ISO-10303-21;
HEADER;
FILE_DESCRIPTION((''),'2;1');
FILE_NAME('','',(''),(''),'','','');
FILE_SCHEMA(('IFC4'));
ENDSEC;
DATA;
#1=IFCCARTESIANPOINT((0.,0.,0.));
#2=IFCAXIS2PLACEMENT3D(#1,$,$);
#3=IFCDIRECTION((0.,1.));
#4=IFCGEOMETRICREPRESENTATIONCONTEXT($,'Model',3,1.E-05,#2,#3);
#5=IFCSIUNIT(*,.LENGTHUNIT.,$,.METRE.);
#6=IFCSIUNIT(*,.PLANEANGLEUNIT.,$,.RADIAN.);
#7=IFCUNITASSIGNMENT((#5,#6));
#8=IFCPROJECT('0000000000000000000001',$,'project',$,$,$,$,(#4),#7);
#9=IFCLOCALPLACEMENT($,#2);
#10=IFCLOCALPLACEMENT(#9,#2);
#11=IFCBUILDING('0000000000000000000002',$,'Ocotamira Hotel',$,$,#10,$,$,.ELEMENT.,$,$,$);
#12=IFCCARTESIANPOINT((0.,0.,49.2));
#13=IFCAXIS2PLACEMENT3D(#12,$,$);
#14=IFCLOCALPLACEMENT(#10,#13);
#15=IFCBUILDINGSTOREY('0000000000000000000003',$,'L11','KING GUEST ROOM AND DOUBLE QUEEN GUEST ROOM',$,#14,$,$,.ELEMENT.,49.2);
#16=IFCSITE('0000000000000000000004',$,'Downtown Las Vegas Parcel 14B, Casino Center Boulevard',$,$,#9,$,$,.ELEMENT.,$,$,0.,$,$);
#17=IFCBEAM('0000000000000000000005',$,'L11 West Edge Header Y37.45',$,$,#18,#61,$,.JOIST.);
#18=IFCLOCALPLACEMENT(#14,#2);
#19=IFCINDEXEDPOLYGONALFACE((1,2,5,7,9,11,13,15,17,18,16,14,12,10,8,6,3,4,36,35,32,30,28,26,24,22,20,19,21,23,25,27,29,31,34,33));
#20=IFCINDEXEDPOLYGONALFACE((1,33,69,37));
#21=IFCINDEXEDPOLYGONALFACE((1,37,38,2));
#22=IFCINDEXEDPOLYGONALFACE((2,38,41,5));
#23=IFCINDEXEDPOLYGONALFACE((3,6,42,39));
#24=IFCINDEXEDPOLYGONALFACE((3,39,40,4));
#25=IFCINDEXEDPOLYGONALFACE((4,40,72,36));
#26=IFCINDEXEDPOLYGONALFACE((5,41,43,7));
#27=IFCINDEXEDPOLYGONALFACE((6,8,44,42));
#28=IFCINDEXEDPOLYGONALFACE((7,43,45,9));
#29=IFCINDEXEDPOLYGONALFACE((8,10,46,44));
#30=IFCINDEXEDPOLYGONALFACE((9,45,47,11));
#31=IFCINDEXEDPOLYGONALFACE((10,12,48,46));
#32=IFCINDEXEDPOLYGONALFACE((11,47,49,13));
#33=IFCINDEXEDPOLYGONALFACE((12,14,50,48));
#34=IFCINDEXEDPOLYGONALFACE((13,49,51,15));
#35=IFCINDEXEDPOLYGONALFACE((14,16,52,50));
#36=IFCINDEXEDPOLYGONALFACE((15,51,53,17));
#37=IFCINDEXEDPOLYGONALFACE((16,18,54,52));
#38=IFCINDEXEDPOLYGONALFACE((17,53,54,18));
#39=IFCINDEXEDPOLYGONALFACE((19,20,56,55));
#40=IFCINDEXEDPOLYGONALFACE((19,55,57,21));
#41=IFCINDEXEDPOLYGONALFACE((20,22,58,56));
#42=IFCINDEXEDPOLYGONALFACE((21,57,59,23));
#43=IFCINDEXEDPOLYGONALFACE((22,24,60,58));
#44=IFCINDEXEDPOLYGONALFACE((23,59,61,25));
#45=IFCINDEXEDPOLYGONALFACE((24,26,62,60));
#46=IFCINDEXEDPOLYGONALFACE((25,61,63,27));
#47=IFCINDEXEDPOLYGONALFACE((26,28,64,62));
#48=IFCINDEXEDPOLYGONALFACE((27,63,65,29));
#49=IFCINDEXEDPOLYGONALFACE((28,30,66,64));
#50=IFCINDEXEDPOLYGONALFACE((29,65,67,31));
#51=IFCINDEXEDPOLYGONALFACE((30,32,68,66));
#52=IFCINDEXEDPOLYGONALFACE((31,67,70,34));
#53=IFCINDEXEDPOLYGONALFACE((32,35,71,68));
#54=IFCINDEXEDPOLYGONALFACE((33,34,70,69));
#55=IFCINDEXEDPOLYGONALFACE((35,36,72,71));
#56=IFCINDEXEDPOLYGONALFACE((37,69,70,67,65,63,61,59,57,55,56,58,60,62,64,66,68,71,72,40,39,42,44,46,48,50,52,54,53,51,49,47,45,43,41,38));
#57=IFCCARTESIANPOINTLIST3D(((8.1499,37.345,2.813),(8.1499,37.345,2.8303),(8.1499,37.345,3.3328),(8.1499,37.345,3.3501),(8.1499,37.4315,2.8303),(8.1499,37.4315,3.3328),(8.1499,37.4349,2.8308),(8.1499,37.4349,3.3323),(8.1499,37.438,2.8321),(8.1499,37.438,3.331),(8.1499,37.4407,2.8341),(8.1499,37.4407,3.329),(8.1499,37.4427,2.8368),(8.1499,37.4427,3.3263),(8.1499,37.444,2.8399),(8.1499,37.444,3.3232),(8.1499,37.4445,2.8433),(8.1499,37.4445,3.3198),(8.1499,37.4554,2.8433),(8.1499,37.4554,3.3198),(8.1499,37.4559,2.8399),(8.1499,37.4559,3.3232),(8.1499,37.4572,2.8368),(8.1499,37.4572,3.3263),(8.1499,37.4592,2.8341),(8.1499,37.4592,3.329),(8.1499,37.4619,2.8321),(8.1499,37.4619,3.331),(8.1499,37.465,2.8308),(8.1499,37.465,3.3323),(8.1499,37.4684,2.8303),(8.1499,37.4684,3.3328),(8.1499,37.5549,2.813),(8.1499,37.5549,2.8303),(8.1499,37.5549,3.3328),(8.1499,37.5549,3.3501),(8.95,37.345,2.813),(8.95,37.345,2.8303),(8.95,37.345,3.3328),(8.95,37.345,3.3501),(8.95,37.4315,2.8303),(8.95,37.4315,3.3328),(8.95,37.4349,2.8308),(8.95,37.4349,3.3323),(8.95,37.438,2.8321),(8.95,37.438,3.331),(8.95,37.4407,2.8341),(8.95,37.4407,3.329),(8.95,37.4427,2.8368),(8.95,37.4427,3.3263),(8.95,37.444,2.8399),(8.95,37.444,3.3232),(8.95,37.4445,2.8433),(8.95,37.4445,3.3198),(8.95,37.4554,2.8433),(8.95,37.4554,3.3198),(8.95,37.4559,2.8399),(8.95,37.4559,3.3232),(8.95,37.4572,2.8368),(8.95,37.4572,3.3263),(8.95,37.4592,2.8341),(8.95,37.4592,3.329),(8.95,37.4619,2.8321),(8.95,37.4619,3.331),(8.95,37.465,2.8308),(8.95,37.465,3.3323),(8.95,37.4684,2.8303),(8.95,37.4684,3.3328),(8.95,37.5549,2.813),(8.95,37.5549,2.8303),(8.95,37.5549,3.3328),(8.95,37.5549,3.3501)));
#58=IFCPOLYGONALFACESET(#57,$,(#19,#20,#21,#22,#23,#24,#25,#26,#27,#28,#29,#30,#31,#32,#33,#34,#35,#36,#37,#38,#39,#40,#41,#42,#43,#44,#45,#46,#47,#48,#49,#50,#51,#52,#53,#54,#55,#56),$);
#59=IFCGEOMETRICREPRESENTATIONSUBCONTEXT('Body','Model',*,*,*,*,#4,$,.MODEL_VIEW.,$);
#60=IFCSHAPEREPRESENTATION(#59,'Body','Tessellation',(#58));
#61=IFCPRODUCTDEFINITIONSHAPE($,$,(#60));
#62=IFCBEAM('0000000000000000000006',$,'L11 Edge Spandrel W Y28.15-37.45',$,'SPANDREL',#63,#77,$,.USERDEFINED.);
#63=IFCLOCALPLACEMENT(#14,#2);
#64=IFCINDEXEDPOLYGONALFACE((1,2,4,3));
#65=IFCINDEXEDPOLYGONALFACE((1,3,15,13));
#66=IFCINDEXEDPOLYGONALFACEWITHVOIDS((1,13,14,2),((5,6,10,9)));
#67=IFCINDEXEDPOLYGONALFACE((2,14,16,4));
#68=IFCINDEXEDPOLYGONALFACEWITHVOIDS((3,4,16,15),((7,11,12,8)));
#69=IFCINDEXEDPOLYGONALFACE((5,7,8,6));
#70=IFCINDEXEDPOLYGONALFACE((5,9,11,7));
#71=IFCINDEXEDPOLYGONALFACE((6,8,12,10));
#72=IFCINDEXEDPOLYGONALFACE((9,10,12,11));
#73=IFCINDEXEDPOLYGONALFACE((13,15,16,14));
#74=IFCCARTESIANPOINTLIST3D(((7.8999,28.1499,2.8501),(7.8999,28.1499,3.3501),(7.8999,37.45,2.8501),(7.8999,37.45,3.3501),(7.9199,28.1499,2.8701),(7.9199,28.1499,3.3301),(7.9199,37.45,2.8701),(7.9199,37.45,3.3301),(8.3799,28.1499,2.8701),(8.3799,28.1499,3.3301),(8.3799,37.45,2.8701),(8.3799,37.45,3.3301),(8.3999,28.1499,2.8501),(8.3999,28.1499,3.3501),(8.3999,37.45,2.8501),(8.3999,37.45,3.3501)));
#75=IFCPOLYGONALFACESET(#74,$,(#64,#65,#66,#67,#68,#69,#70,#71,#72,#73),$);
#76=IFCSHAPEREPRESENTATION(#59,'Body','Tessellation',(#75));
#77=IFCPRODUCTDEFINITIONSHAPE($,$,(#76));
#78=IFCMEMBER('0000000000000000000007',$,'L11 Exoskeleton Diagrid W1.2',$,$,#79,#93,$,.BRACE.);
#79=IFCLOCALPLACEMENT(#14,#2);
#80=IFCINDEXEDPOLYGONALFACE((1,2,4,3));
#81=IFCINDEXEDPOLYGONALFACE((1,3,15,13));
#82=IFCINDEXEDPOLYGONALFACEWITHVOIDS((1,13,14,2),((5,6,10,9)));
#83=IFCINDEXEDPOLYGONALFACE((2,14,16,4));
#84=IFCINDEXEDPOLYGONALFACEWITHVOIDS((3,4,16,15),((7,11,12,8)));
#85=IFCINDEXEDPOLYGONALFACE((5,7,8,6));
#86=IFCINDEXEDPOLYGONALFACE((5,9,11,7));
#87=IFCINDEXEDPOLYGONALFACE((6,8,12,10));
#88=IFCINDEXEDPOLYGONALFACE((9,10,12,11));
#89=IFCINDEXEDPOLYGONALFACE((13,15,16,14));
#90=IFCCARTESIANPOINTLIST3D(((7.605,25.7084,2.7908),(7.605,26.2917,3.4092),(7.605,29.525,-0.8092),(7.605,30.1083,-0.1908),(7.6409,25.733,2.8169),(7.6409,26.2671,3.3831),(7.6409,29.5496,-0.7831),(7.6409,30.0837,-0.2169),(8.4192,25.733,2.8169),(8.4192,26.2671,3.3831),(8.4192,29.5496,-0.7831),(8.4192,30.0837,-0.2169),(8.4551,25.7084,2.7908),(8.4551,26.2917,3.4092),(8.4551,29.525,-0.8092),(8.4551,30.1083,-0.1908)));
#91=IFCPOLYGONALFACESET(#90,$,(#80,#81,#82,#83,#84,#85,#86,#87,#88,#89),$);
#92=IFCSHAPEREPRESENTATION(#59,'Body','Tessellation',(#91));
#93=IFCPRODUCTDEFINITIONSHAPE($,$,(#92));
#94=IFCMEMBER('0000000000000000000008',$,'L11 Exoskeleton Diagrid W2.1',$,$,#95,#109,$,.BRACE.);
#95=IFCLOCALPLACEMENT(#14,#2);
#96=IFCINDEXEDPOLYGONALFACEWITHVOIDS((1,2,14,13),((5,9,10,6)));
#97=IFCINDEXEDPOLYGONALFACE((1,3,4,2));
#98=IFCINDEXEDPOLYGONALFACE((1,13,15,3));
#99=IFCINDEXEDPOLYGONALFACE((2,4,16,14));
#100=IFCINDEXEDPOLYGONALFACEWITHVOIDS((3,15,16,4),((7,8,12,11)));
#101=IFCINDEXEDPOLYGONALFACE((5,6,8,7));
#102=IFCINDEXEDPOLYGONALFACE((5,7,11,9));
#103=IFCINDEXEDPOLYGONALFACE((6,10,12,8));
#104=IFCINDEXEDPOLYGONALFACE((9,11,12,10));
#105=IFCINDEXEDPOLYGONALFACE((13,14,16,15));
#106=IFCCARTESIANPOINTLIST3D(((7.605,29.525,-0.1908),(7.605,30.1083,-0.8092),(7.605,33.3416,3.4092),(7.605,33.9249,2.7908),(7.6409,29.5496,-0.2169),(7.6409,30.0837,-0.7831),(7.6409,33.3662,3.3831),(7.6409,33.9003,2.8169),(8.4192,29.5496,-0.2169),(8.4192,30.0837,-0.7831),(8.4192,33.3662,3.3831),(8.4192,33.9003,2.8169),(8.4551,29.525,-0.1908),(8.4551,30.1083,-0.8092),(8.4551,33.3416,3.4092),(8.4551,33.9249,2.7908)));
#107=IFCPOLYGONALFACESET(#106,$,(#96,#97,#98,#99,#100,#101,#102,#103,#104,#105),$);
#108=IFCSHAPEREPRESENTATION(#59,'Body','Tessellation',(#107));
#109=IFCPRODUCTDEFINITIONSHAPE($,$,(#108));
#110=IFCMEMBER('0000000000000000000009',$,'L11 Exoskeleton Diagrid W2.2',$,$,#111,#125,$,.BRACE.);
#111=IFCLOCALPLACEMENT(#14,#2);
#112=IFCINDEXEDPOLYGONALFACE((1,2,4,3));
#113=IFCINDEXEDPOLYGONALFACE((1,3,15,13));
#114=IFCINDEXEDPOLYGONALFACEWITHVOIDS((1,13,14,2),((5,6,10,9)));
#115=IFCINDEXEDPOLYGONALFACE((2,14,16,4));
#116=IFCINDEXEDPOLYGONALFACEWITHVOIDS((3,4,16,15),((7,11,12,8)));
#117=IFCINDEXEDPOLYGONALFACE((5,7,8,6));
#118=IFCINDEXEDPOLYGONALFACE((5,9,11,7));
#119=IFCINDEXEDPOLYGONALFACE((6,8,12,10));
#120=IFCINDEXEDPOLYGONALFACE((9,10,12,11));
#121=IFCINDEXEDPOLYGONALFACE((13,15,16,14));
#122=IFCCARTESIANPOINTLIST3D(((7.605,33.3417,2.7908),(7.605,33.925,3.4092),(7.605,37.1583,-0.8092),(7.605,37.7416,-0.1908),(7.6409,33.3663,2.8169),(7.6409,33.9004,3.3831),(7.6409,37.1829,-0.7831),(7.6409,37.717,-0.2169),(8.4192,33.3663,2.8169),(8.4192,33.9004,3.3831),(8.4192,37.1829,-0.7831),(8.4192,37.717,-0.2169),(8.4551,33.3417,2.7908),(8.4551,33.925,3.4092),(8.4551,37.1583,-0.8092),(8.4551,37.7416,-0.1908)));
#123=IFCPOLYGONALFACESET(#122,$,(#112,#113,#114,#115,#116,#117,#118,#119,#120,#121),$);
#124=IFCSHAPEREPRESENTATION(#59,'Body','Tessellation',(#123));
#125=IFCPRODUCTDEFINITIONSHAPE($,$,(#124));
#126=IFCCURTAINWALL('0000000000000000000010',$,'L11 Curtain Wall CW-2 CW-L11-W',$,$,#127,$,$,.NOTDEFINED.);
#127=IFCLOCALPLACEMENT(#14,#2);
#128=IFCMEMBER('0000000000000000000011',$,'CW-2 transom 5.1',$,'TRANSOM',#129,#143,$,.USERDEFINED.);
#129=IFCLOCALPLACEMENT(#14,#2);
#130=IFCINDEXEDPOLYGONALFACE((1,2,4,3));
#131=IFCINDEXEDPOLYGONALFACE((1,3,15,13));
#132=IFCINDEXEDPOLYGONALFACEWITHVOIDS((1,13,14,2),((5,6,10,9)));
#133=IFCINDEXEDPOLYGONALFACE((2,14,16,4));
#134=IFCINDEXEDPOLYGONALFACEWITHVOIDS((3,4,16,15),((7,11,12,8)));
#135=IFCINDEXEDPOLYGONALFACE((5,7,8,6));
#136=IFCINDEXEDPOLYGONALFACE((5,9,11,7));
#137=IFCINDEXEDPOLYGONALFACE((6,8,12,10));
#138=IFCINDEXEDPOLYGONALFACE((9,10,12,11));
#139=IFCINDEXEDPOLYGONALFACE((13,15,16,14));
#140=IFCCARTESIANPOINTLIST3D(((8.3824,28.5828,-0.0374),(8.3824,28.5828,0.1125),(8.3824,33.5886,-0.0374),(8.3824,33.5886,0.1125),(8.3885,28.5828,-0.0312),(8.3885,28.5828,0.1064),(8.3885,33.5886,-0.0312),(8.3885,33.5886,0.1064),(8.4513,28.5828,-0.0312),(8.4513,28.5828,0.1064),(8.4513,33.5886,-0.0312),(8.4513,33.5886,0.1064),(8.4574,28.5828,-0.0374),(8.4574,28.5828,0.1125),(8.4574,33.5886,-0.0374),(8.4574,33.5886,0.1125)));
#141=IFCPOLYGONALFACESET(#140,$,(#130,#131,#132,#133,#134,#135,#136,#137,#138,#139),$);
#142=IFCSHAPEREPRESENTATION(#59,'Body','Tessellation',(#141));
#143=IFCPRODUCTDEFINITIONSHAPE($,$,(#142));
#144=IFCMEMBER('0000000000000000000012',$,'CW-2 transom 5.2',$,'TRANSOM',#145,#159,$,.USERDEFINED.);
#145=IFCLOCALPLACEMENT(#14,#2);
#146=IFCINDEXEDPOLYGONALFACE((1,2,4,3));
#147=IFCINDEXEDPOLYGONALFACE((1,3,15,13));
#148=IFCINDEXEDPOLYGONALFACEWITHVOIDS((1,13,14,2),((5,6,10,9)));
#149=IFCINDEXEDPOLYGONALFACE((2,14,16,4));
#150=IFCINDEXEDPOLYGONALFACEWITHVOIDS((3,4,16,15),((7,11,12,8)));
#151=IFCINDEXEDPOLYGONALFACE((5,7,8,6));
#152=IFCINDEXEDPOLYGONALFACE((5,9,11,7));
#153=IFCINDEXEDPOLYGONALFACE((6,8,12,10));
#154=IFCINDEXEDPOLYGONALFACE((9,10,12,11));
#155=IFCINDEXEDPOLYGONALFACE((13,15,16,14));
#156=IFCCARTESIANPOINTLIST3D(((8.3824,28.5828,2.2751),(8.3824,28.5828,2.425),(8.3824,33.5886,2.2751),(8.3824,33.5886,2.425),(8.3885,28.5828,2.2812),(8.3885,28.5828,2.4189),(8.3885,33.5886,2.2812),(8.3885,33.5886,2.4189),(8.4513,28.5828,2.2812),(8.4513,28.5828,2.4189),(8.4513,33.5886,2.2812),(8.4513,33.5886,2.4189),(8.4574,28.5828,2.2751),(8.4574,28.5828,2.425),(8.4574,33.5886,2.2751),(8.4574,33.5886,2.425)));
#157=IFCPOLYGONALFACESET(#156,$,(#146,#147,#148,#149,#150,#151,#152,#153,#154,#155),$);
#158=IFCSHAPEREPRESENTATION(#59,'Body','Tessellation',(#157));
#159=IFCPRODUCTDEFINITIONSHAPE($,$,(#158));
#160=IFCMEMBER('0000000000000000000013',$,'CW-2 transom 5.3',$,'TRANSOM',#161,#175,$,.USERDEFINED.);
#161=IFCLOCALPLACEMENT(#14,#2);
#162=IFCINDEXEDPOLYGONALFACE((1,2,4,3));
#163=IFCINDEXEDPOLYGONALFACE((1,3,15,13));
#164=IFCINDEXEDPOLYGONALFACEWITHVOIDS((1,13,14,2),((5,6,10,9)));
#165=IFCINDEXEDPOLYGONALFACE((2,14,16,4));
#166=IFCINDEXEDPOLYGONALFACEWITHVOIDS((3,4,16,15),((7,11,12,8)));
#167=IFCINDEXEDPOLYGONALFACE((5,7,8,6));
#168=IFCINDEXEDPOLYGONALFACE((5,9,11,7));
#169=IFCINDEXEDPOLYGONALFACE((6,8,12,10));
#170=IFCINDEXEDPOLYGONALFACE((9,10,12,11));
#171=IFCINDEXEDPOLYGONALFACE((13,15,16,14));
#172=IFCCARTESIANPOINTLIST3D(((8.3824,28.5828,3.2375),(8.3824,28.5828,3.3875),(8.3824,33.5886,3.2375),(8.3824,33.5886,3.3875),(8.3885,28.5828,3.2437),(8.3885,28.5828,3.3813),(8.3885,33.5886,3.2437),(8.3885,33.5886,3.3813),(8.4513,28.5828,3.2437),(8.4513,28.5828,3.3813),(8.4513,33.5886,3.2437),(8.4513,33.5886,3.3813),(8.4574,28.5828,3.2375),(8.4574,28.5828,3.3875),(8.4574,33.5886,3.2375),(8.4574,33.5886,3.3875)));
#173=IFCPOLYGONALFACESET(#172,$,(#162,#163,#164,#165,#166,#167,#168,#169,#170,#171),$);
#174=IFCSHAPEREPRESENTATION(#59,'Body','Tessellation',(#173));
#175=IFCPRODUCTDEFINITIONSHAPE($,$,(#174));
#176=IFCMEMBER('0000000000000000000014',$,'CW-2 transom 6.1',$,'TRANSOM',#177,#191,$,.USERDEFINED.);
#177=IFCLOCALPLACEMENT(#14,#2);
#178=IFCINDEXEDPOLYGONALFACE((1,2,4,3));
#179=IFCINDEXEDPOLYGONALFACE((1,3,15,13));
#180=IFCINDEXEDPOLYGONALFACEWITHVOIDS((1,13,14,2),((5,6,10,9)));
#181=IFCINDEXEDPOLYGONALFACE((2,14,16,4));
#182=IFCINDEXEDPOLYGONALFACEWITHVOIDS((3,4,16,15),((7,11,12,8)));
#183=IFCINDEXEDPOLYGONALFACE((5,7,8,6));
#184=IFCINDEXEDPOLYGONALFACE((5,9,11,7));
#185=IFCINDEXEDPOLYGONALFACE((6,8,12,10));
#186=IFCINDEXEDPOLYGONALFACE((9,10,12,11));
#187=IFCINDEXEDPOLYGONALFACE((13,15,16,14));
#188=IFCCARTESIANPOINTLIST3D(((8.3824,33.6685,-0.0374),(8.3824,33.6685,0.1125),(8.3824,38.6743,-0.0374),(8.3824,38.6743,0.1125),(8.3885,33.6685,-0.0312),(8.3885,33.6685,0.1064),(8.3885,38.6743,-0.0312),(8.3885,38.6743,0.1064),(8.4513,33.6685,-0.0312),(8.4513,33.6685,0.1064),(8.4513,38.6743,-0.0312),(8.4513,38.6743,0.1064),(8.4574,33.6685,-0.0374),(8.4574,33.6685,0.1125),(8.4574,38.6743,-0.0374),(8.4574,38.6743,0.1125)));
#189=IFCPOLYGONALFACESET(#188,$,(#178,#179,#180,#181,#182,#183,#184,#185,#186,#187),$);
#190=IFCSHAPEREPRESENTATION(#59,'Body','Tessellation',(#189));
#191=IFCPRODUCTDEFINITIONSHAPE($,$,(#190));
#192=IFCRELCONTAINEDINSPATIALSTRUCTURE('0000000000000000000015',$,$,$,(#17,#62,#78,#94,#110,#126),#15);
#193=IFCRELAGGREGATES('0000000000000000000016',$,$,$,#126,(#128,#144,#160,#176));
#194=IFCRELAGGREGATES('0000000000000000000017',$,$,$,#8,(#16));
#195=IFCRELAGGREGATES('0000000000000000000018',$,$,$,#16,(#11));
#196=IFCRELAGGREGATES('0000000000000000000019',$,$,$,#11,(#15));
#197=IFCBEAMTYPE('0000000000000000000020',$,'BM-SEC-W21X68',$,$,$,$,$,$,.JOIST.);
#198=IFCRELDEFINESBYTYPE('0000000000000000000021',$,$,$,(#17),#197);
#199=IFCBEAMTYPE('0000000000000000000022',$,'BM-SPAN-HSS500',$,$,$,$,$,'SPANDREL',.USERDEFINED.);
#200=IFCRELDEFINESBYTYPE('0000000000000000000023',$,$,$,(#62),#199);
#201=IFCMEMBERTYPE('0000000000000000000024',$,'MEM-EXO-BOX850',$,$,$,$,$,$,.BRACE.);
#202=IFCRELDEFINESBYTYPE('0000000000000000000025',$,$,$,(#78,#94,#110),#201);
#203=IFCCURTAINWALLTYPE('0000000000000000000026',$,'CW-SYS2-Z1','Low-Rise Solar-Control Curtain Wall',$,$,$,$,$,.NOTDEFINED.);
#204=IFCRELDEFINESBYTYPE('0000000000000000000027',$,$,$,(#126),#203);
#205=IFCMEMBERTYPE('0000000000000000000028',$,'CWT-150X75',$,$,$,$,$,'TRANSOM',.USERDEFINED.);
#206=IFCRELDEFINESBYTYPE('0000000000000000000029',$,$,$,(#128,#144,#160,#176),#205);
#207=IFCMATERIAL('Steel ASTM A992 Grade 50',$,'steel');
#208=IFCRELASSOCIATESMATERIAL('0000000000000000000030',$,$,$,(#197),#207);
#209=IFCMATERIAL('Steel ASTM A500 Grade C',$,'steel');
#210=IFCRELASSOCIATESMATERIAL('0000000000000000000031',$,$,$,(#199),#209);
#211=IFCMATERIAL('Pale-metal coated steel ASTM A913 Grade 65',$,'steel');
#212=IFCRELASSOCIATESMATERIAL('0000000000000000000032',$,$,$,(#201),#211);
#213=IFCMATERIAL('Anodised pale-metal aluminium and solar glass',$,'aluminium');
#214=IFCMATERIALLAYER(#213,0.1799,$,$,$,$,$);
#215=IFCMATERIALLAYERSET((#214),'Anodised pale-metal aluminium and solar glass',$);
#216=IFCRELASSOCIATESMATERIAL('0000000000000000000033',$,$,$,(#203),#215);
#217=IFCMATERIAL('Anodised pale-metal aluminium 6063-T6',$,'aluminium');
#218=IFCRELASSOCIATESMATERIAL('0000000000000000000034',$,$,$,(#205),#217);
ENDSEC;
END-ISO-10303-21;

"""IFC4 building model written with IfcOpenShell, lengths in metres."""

from ifc_helpers import new_model, si_unit, direction, frame, origin, origin_2d, place, context, subcontext, project, spatial, hollow_rectangle, i_section, extrude, source, transform, mapped, material, layer, layer_set, material_profile, profile_set, type_object, element, aggregate, save


model = new_model("IFC4")

# Units and contexts
model_context = context("Model", 3, precision=1e-05, world=origin(), true_north=direction((0.0, 1.0)))
body_context = subcontext(model_context, "Body", "Model", "MODEL_VIEW")
ifc_project = project(units=[si_unit("LENGTHUNIT", "METRE"), si_unit("PLANEANGLEUNIT", "RADIAN")], contexts=[model_context])

# Site, building, storey
site_placement = place(None, origin())
site = spatial("IfcSite", under=ifc_project, at=site_placement, Name="Downtown Las Vegas Parcel 14B, Casino Center Boulevard", CompositionType="ELEMENT", RefElevation=0.0)
building_placement = place(site_placement, origin())
building = spatial("IfcBuilding", under=site, at=building_placement, Name="Ocotamira Hotel", CompositionType="ELEMENT")
storey_placement = place(building_placement, frame((0.0, 0.0, 49.2)))
storey = spatial("IfcBuildingStorey", under=building, at=storey_placement, Name="L11", Description="KING GUEST ROOM AND DOUBLE QUEEN GUEST ROOM", CompositionType="ELEMENT", Elevation=49.2)

# Beams
ifc_material_1 = material(Name="Steel ASTM A992 Grade 50", Category="steel")
ifc_material_profile_1 = material_profile(ifc_material_1, i_section(OverallWidth=0.21, OverallDepth=0.5371, WebThickness=0.011, FlangeThickness=0.0173, FilletRadius=0.0129, at=origin_2d()), Name="W21X68")
ifc_profile_set_1 = profile_set([ifc_material_profile_1], Name="Steel ASTM A992 Grade 50")
beam_type_1 = type_object("IfcBeamType", Name="BM-SEC-W21X68", PredefinedType="JOIST", material=ifc_profile_set_1)
shared_shape_1 = source(origin(), body_context, "Body", "SweptSolid", [
    extrude(i_section(OverallWidth=0.21, OverallDepth=0.5371, WebThickness=0.011, FlangeThickness=0.0173, FilletRadius=0.0129, at=origin_2d()), origin(), (0.0, 0.0, 1.0), 0.8),
])
for number, where, z_axis, x_axis, name in (
    (1, (8.95, 37.45, 3.0815), (-1.0, 0.0, 0.0), (0.0, -1.0, 0.0), "L11 West Edge Header Y37.45"),
):
    element("IfcBeam", number, at=place(storey_placement, frame(where, z_axis=z_axis, x_axis=x_axis)), inside=storey, type_object=beam_type_1, Name=name, PredefinedType="JOIST", context=body_context, shape_type="MappedRepresentation", body=[
        mapped(shared_shape_1, transform((0.0, 0.0, 0.0), scale=1.0)),
    ])
ifc_material_2 = material(Name="Steel ASTM A500 Grade C", Category="steel")
ifc_material_profile_2 = material_profile(ifc_material_2, hollow_rectangle(XDim=0.5, YDim=0.5, WallThickness=0.02, at=origin_2d()), Name="HSS500X500X20")
ifc_profile_set_2 = profile_set([ifc_material_profile_2], Name="Steel ASTM A500 Grade C")
beam_type_2 = type_object("IfcBeamType", Name="BM-SPAN-HSS500", ElementType="SPANDREL", PredefinedType="USERDEFINED", material=ifc_profile_set_2)
shared_shape_2 = source(origin(), body_context, "Body", "SweptSolid", [
    extrude(hollow_rectangle(XDim=0.5, YDim=0.5, WallThickness=0.02, at=origin_2d()), origin(), (0.0, 0.0, 1.0), 9.3),
])
beam_1_placement = place(storey_placement, frame((8.1499, 28.1499, 3.1001), z_axis=(0.0, 1.0, 0.0), x_axis=(-1.0, 0.0, 0.0)))
element("IfcBeam", 2, at=beam_1_placement, inside=storey, type_object=beam_type_2, Name="L11 Edge Spandrel W Y28.15-37.45", ObjectType="SPANDREL", PredefinedType="USERDEFINED", context=body_context, shape_type="MappedRepresentation", body=[
    mapped(shared_shape_2, transform((0.0, 0.0, 0.0), scale=1.0)),
])

# Members
ifc_material_3 = material(Name="Pale-metal coated steel ASTM A913 Grade 65", Category="steel")
ifc_material_profile_3 = material_profile(ifc_material_3, hollow_rectangle(XDim=0.8501, YDim=0.8501, WallThickness=0.0359, at=origin_2d()), Name="BOX850X850X36")
ifc_profile_set_3 = profile_set([ifc_material_profile_3], Name="Pale-metal coated steel ASTM A913 Grade 65")
member_type_1 = type_object("IfcMemberType", Name="MEM-EXO-BOX850", PredefinedType="BRACE", material=ifc_profile_set_3)
shared_shape_3 = source(origin(), body_context, "Body", "SweptSolid", [
    extrude(hollow_rectangle(XDim=0.8501, YDim=0.8501, WallThickness=0.0359, at=origin_2d()), origin(), (0.0, 0.0, 1.0), 5.2466),
])
for number, where, z_axis, x_axis, name in (
    (3, (8.03, 29.8167, -0.5), (0.0, -0.727443, 0.686168), (1.0, 0.0, 0.0), "L11 Exoskeleton Diagrid W1.2"),
    (4, (8.03, 29.8167, -0.5), (0.0, 0.727443, 0.686168), (-1.0, 0.0, 0.0), "L11 Exoskeleton Diagrid W2.1"),
    (5, (8.03, 37.45, -0.5), (0.0, -0.727443, 0.686168), (1.0, 0.0, 0.0), "L11 Exoskeleton Diagrid W2.2"),
):
    element("IfcMember", number, at=place(storey_placement, frame(where, z_axis=z_axis, x_axis=x_axis)), inside=storey, type_object=member_type_1, Name=name, PredefinedType="BRACE", context=body_context, shape_type="MappedRepresentation", body=[
        mapped(shared_shape_3, transform((0.0, 0.0, 0.0), scale=1.0)),
    ])

# Curtain wall, members
ifc_material_4 = material(Name="Anodised pale-metal aluminium and solar glass", Category="aluminium")
ifc_layer_1 = layer(ifc_material_4, 0.1799)
ifc_layer_set_1 = layer_set([ifc_layer_1], Name="Anodised pale-metal aluminium and solar glass")
curtain_wall_type = type_object("IfcCurtainWallType", Name="CW-SYS2-Z1", Description="Low-Rise Solar-Control Curtain Wall", PredefinedType="NOTDEFINED", material=ifc_layer_set_1)
curtain_wall_placement = place(storey_placement, origin())
curtain_wall = element("IfcCurtainWall", 6, at=curtain_wall_placement, inside=storey, type_object=curtain_wall_type, Name="L11 Curtain Wall CW-2 CW-L11-W", PredefinedType="NOTDEFINED")
ifc_material_5 = material(Name="Anodised pale-metal aluminium 6063-T6", Category="aluminium")
ifc_material_profile_4 = material_profile(ifc_material_5, hollow_rectangle(XDim=0.075, YDim=0.1499, WallThickness=0.0061, at=origin_2d()), Name="HSS150X75X6")
ifc_profile_set_4 = profile_set([ifc_material_profile_4], Name="Anodised pale-metal aluminium 6063-T6")
member_type_2 = type_object("IfcMemberType", Name="CWT-150X75", ElementType="TRANSOM", PredefinedType="USERDEFINED", material=ifc_profile_set_4)
shared_shape_4 = source(origin(), body_context, "Body", "SweptSolid", [
    extrude(hollow_rectangle(XDim=0.075, YDim=0.1499, WallThickness=0.0061, at=origin_2d()), origin(), (0.0, 0.0, 1.0), 5.0059),
])
member_1_placement = place(storey_placement, frame((8.4199, 28.5828, 0.0376), z_axis=(0.0, 1.0, 0.0), x_axis=(-1.0, 0.0, 0.0)))
member_1 = element("IfcMember", 7, at=member_1_placement, type_object=member_type_2, Name="CW-2 transom 5.1", ObjectType="TRANSOM", PredefinedType="USERDEFINED", context=body_context, shape_type="MappedRepresentation", body=[
    mapped(shared_shape_4, transform((0.0, 0.0, 0.0), scale=1.0)),
])
member_2_placement = place(storey_placement, frame((8.4199, 28.5828, 2.3501), z_axis=(0.0, 1.0, 0.0), x_axis=(-1.0, 0.0, 0.0)))
member_2 = element("IfcMember", 8, at=member_2_placement, type_object=member_type_2, Name="CW-2 transom 5.2", ObjectType="TRANSOM", PredefinedType="USERDEFINED", context=body_context, shape_type="MappedRepresentation", body=[
    mapped(shared_shape_4, transform((0.0, 0.0, 0.0), scale=1.0)),
])
member_3_placement = place(storey_placement, frame((8.4199, 28.5828, 3.3125), z_axis=(0.0, 1.0, 0.0), x_axis=(-1.0, 0.0, 0.0)))
member_3 = element("IfcMember", 9, at=member_3_placement, type_object=member_type_2, Name="CW-2 transom 5.3", ObjectType="TRANSOM", PredefinedType="USERDEFINED", context=body_context, shape_type="MappedRepresentation", body=[
    mapped(shared_shape_4, transform((0.0, 0.0, 0.0), scale=1.0)),
])
member_4_placement = place(storey_placement, frame((8.4199, 33.6685, 0.0376), z_axis=(0.0, 1.0, 0.0), x_axis=(-1.0, 0.0, 0.0)))
member_4 = element("IfcMember", 10, at=member_4_placement, type_object=member_type_2, Name="CW-2 transom 6.1", ObjectType="TRANSOM", PredefinedType="USERDEFINED", context=body_context, shape_type="MappedRepresentation", body=[
    mapped(shared_shape_4, transform((0.0, 0.0, 0.0), scale=1.0)),
])

aggregate(curtain_wall, [member_1, member_2, member_3, member_4])

save(model, "model.ifc")
